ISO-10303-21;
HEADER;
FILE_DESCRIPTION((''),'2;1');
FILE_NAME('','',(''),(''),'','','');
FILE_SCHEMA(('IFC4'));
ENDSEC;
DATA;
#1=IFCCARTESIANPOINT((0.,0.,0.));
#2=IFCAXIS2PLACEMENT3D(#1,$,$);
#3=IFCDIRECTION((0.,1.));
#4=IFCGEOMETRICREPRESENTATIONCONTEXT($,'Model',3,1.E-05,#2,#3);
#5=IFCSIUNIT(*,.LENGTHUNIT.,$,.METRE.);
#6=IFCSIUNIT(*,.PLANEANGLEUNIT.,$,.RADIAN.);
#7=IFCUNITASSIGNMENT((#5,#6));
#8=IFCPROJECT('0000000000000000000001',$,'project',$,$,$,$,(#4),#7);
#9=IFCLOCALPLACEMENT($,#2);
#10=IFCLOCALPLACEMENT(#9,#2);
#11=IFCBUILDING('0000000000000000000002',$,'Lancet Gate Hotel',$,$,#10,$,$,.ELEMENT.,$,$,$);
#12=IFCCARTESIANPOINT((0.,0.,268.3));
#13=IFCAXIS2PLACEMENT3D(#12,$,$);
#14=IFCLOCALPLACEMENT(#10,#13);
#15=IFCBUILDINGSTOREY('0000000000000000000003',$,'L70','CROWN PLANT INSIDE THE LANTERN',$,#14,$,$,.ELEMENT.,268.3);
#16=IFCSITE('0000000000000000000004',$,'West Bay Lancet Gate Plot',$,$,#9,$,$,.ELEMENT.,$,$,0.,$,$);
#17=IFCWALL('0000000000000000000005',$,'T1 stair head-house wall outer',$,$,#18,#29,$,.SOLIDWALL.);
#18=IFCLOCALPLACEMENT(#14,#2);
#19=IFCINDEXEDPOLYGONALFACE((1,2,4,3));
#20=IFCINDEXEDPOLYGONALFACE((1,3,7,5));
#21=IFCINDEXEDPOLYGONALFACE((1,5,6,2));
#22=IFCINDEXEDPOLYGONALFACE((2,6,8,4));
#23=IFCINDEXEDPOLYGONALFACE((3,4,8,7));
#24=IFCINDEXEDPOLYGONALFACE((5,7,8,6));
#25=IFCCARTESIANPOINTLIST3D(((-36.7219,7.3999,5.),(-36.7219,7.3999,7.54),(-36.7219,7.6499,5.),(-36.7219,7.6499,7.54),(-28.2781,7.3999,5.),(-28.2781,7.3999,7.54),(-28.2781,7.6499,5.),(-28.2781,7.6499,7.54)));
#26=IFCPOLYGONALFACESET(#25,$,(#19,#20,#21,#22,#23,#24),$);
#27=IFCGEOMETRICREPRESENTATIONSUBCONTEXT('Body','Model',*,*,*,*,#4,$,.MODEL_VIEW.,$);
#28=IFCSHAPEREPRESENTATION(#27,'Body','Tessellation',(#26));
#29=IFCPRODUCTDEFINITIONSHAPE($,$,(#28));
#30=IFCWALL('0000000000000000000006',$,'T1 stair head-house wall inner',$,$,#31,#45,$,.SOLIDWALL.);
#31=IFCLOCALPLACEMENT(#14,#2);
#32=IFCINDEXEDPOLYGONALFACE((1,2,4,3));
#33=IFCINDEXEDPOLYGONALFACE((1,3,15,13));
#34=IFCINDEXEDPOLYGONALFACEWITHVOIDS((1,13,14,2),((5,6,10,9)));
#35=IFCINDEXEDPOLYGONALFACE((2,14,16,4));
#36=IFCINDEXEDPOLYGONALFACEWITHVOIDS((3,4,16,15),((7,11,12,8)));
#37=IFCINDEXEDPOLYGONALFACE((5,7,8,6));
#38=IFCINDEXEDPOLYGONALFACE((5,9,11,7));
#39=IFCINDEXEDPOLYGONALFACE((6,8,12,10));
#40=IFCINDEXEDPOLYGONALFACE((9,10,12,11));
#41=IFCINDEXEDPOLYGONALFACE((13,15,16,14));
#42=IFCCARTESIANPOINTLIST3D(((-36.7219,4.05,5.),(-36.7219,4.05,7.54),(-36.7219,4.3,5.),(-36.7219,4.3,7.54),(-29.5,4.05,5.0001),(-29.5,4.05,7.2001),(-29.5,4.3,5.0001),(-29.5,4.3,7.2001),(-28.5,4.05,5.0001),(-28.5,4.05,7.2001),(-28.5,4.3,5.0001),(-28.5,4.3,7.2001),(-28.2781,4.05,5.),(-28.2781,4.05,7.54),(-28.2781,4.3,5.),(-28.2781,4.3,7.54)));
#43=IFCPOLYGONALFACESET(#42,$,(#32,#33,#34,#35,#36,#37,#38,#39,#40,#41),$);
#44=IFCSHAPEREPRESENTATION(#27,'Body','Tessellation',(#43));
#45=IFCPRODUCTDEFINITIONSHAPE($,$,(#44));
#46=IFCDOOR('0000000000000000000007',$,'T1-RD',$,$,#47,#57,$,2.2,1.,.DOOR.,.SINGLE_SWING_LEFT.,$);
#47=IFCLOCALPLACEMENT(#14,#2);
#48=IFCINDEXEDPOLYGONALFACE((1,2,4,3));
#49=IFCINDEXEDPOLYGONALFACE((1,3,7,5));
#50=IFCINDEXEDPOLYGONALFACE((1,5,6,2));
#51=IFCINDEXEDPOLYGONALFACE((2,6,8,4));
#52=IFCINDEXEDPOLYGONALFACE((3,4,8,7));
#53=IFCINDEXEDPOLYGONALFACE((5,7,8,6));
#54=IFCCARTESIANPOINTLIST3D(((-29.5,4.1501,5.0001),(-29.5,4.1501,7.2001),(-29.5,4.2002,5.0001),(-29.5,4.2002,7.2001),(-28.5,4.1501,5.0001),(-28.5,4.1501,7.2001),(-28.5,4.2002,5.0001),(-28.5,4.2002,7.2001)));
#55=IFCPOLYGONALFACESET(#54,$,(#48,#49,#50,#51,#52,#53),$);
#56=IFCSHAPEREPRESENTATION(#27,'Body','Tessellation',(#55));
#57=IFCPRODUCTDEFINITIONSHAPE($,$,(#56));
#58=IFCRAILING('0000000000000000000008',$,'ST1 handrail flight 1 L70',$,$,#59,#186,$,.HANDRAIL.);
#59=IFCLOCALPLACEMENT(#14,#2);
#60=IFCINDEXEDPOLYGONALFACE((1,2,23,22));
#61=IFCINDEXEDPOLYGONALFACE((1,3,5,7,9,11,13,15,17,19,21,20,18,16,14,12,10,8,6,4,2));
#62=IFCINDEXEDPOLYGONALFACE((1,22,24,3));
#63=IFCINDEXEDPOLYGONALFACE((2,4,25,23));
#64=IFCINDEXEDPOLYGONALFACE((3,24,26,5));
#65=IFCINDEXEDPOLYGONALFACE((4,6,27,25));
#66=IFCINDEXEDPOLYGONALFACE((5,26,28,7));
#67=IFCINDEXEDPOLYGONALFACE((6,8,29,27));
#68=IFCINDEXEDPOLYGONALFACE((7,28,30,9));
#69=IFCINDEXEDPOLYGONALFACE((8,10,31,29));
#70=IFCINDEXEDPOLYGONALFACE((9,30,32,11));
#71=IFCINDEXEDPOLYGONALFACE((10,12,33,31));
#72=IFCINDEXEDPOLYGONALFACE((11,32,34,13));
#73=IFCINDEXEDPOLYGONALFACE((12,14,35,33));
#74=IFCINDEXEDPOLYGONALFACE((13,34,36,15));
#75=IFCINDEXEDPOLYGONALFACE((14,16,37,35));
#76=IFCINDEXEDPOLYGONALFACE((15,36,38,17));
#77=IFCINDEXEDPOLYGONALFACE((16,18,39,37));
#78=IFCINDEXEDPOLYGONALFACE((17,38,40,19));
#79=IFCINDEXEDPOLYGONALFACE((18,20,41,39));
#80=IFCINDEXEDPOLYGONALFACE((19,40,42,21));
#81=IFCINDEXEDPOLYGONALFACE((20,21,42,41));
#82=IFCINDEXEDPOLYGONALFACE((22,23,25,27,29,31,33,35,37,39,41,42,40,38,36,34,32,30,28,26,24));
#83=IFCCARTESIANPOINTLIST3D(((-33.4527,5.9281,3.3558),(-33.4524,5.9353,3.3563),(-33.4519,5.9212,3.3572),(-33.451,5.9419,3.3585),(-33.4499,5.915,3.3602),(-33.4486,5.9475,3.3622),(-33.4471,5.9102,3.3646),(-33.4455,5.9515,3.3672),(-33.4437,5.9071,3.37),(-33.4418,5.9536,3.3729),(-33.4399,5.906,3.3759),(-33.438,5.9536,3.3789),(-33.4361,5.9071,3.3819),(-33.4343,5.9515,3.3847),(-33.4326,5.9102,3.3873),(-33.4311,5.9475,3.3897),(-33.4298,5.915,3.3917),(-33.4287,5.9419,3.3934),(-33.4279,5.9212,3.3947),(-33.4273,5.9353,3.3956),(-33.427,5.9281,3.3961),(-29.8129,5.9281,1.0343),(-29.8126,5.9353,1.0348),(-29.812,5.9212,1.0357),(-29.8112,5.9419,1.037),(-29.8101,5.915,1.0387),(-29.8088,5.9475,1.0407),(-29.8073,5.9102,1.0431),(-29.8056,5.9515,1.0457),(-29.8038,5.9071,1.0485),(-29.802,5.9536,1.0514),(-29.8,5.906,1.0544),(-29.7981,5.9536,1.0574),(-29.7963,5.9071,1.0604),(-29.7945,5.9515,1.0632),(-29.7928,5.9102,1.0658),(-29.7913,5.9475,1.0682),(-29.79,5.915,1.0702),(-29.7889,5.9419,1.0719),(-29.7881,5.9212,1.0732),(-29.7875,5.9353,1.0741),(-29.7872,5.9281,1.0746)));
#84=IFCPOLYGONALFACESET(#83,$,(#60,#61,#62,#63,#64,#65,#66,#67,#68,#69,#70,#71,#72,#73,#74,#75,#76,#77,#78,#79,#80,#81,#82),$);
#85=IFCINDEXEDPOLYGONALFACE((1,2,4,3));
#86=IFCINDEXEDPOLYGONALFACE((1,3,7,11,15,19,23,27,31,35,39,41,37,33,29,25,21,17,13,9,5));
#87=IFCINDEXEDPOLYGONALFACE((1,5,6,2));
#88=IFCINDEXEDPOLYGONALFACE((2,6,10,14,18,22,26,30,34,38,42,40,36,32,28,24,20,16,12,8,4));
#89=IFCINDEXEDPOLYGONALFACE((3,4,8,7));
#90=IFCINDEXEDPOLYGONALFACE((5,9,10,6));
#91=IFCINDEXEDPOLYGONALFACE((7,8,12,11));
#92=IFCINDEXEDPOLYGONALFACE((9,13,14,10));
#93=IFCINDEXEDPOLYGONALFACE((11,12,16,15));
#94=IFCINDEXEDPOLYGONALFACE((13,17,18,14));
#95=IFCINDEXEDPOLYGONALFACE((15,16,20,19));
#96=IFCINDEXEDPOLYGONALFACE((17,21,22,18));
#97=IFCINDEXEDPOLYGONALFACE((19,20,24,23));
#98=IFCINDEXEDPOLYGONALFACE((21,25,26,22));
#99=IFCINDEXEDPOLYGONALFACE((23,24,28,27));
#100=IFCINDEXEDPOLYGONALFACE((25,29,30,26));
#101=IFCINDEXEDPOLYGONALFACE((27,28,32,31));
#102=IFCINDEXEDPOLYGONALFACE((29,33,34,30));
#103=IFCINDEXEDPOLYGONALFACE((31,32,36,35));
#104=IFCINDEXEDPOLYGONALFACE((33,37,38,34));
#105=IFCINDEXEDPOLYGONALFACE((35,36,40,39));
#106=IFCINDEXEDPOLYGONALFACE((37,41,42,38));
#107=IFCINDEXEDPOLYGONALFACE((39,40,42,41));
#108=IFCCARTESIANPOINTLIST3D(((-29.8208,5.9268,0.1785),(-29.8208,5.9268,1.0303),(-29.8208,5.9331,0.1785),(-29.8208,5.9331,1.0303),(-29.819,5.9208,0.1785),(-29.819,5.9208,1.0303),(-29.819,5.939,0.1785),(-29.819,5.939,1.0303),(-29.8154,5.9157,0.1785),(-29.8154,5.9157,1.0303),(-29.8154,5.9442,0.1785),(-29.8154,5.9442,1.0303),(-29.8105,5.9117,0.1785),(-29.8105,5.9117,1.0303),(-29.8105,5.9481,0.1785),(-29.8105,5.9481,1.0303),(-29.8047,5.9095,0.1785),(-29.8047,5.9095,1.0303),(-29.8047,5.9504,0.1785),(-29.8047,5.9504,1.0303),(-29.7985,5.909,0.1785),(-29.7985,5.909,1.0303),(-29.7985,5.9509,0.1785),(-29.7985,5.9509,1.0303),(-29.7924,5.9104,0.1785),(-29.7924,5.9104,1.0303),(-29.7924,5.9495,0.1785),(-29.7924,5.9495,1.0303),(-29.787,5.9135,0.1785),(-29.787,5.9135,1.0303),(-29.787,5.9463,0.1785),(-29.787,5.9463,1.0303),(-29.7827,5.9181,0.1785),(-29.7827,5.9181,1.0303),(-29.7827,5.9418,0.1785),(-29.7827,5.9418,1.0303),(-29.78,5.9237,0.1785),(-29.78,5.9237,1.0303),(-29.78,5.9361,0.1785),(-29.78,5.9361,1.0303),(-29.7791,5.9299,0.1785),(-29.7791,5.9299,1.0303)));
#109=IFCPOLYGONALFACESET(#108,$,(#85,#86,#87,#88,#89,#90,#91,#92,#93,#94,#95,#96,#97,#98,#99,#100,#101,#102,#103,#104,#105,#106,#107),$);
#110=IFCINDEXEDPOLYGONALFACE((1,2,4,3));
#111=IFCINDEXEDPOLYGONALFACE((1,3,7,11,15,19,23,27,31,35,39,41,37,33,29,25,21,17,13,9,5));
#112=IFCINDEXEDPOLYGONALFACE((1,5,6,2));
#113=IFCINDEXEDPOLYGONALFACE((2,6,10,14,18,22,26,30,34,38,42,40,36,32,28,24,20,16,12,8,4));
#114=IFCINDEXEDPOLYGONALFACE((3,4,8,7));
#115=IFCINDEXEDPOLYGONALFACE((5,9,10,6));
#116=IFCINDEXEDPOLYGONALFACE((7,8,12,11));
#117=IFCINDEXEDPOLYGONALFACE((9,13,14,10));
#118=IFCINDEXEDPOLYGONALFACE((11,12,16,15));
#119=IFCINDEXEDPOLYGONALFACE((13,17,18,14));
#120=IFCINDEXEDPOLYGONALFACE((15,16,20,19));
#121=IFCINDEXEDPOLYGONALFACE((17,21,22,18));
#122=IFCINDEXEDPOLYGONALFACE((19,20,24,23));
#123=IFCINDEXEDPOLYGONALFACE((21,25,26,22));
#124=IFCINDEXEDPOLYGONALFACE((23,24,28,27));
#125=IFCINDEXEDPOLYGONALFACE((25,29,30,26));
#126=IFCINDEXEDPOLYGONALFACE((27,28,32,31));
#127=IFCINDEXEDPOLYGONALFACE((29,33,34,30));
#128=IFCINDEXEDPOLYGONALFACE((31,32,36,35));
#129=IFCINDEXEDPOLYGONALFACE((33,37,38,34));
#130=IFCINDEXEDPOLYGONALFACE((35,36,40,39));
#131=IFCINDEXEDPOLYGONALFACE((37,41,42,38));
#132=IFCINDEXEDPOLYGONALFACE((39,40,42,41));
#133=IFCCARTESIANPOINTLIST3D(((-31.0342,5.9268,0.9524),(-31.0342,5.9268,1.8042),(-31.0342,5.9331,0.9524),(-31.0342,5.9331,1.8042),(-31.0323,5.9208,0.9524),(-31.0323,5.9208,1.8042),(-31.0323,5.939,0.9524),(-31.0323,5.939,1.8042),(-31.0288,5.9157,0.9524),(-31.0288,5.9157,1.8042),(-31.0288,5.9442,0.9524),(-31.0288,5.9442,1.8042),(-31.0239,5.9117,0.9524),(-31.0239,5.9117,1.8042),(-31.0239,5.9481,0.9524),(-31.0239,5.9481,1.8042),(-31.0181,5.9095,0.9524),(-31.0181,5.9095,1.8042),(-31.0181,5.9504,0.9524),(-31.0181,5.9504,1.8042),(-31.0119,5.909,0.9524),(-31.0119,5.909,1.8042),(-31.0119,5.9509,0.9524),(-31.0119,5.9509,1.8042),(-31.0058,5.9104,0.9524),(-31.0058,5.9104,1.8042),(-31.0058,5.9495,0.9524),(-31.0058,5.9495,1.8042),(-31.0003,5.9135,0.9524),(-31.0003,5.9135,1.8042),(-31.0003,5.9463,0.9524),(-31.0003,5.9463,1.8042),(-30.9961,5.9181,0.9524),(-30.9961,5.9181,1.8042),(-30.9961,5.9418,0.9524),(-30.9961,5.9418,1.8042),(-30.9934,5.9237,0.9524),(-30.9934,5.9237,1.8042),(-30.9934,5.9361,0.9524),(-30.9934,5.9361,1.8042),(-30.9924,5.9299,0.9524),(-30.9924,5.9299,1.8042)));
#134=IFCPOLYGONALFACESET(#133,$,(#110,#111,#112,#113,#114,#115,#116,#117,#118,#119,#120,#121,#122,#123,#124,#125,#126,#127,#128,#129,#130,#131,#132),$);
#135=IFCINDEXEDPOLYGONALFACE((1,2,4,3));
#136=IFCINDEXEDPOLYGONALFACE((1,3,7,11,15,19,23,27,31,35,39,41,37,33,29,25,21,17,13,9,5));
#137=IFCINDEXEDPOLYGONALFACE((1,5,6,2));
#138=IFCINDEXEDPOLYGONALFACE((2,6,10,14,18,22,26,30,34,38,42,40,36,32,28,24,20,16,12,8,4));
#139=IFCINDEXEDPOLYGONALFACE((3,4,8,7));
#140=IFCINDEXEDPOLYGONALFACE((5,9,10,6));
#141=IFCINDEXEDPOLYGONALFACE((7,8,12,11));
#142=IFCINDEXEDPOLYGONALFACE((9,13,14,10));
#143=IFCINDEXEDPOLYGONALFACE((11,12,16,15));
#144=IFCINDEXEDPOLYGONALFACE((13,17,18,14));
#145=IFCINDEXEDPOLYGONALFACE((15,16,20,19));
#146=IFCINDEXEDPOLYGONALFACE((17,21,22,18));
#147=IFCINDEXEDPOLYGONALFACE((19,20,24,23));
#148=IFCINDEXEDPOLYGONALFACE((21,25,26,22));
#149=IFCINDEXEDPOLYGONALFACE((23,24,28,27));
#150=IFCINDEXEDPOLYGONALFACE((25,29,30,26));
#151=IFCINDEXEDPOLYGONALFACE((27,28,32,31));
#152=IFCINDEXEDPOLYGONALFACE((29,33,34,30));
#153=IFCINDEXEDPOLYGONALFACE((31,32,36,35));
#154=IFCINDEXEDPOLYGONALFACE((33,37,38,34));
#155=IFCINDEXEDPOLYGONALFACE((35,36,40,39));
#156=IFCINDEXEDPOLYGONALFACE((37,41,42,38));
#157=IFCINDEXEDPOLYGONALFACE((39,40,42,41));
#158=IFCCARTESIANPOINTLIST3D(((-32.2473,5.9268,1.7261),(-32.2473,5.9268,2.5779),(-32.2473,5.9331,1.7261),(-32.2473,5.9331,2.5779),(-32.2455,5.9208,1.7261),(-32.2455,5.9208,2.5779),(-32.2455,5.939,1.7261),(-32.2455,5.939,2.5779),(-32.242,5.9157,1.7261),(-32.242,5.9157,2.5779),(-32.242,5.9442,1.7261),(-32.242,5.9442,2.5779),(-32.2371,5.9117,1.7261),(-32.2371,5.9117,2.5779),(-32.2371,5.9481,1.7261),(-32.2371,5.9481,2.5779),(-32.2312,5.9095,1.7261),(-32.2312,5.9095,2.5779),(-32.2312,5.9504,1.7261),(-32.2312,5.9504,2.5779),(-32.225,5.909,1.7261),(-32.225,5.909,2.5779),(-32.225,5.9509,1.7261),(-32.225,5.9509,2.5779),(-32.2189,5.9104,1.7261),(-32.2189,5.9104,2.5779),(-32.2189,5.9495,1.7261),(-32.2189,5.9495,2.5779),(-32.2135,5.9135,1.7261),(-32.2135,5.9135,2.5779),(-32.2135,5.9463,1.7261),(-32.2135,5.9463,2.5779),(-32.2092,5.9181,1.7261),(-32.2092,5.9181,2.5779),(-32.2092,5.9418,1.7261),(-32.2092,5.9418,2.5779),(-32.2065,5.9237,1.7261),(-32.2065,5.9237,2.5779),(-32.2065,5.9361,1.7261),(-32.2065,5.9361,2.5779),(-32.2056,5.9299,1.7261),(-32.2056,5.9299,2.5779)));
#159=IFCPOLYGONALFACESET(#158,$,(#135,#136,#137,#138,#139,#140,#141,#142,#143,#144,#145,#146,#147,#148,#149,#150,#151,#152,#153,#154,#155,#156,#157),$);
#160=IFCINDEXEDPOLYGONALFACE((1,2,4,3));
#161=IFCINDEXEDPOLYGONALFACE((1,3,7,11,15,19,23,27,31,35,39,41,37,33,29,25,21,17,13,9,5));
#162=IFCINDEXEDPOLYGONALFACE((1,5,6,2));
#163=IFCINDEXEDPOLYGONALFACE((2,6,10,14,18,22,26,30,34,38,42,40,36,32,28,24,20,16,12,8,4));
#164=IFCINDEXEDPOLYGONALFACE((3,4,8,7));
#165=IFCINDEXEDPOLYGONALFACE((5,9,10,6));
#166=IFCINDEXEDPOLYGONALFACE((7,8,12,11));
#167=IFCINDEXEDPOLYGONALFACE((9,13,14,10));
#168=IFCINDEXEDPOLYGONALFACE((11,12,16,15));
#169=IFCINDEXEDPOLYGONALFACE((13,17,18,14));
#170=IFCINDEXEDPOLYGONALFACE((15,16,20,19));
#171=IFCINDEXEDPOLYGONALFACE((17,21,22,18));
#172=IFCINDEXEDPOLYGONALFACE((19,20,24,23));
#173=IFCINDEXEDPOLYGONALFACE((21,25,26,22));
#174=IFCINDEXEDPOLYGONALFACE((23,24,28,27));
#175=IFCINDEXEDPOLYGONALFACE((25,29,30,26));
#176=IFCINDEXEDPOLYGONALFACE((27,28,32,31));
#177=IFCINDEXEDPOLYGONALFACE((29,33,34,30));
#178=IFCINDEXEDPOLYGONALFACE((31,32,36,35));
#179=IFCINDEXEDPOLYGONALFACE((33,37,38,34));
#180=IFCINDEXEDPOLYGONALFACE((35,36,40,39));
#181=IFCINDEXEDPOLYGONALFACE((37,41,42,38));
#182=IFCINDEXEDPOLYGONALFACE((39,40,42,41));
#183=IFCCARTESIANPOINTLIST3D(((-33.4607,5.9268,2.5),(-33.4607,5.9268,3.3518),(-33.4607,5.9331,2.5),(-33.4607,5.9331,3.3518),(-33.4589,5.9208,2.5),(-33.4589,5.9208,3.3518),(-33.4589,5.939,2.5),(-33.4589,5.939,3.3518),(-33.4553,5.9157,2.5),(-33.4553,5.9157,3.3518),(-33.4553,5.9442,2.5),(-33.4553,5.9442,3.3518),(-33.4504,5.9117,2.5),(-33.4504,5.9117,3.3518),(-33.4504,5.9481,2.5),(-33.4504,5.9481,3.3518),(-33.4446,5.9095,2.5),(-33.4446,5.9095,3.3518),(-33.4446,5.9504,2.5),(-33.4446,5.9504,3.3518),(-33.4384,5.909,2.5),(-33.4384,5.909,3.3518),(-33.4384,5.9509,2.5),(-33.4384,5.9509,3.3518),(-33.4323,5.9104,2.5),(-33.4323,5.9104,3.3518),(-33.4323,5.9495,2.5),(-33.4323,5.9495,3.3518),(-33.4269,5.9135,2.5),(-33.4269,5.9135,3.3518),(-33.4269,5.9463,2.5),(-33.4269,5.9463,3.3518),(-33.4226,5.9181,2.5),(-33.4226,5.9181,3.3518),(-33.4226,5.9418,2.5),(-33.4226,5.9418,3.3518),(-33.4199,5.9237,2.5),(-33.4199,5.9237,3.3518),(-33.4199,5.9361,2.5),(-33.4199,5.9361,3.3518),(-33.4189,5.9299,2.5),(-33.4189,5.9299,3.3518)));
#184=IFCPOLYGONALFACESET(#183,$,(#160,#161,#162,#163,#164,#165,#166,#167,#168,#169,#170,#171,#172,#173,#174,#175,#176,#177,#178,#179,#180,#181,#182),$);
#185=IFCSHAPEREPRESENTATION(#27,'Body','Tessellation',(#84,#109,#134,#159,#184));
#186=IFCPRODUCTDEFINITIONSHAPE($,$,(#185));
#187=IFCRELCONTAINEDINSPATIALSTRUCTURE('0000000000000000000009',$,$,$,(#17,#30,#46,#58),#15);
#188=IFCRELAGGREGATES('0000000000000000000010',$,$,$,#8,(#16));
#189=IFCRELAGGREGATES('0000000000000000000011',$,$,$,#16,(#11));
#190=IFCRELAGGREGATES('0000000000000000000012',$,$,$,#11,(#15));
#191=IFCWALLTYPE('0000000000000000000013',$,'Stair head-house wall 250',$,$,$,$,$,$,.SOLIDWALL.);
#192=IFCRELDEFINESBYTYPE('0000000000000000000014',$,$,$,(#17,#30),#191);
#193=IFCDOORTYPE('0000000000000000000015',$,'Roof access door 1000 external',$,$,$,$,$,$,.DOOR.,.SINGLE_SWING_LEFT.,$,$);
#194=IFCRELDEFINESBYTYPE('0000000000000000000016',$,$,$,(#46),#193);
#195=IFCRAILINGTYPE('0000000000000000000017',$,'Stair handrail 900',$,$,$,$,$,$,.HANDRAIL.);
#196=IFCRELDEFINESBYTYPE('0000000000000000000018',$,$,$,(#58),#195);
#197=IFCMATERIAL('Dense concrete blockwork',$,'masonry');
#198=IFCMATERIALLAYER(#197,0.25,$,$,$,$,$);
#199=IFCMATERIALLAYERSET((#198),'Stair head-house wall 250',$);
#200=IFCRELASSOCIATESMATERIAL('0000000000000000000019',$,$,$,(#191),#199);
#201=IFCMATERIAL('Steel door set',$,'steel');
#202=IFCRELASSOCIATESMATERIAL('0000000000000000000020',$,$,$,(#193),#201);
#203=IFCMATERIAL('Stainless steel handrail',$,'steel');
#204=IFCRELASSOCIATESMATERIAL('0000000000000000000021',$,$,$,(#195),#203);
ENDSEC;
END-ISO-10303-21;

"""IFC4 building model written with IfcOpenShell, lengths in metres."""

from ifc_helpers import new_model, si_unit, direction, frame, frame_2d, origin, origin_2d, place, context, subcontext, project, spatial, rectangle, circle, extrude, material, layer, layer_set, type_object, element, fill, save


model = new_model("IFC4")

# Units and contexts
model_context = context("Model", 3, precision=1e-05, world=origin(), true_north=direction((0.0, 1.0)))
body_context = subcontext(model_context, "Body", "Model", "MODEL_VIEW")
ifc_project = project(units=[si_unit("LENGTHUNIT", "METRE"), si_unit("PLANEANGLEUNIT", "RADIAN")], contexts=[model_context])

# Site, building, storey
site_placement = place(None, origin())
site = spatial("IfcSite", under=ifc_project, at=site_placement, Name="West Bay Lancet Gate Plot", CompositionType="ELEMENT", RefElevation=0.0)
building_placement = place(site_placement, origin())
building = spatial("IfcBuilding", under=site, at=building_placement, Name="Lancet Gate Hotel", CompositionType="ELEMENT")
storey_placement = place(building_placement, frame((0.0, 0.0, 268.3)))
storey = spatial("IfcBuildingStorey", under=building, at=storey_placement, Name="L70", Description="CROWN PLANT INSIDE THE LANTERN", CompositionType="ELEMENT", Elevation=268.3)

# Wall
ifc_material_1 = material(Name="Dense concrete blockwork", Category="masonry")
ifc_layer = layer(ifc_material_1, 0.25)
ifc_layer_set = layer_set([ifc_layer], Name="Stair head-house wall 250")
wall_type = type_object("IfcWallType", Name="Stair head-house wall 250", PredefinedType="SOLIDWALL", material=ifc_layer_set)
wall_1_placement = place(storey_placement, frame((-28.2781, 7.5249, 5.0), z_axis=(0.0, 0.0, 1.0), x_axis=(-1.0, 0.0, 0.0)))
element("IfcWall", 1, at=wall_1_placement, inside=storey, type_object=wall_type, Name="T1 stair head-house wall outer", PredefinedType="SOLIDWALL", context=body_context, shape_type="SweptSolid", body=[
    extrude(rectangle(XDim=8.4438, YDim=0.25, at=frame_2d((4.2219, 0.0))), origin(), (0.0, 0.0, 1.0), 2.54),
])

# Wall, opening, door
wall_2_placement = place(storey_placement, frame((-28.2781, 4.175, 5.0), z_axis=(0.0, 0.0, 1.0), x_axis=(-1.0, 0.0, 0.0)))
wall_2 = element("IfcWall", 2, at=wall_2_placement, inside=storey, type_object=wall_type, Name="T1 stair head-house wall inner", PredefinedType="SOLIDWALL", context=body_context, shape_type="SweptSolid", body=[
    extrude(rectangle(XDim=8.4438, YDim=0.25, at=frame_2d((4.2219, 0.0))), origin(), (0.0, 0.0, 1.0), 2.54),
])
opening_placement = place(wall_2_placement, frame((0.2219, 0.0, 0.0)))
opening = element("IfcOpeningElement", 3, at=opening_placement, cuts=wall_2, PredefinedType="OPENING", context=body_context, shape_type="SweptSolid", body=[
    extrude(rectangle(XDim=1.0, YDim=2.2, at=frame_2d((0.5, 1.1001))), frame((0.0, 0.135, 0.0), z_axis=(0.0, -1.0, 0.0), x_axis=(1.0, 0.0, 0.0)), (0.0, 0.0, 1.0), 0.27),
])
ifc_material_2 = material(Name="Steel door set", Category="steel")
door_type = type_object("IfcDoorType", Name="Roof access door 1000 external", OperationType="SINGLE_SWING_LEFT", PredefinedType="DOOR", material=ifc_material_2)
door_placement = place(opening_placement, origin())
door = element("IfcDoor", 4, at=door_placement, inside=storey, type_object=door_type, Name="T1-RD", OperationType="SINGLE_SWING_LEFT", OverallHeight=2.2, OverallWidth=1.0, PredefinedType="DOOR", context=body_context, shape_type="SweptSolid", body=[
    extrude(rectangle(XDim=1.0, YDim=2.2, at=frame_2d((0.5, 1.1001))), frame((0.0, 0.0249, 0.0), z_axis=(0.0, -1.0, 0.0), x_axis=(1.0, 0.0, 0.0)), (0.0, 0.0, 1.0), 0.05),
])
fill(opening, door)

# Railing
ifc_material_3 = material(Name="Stainless steel handrail", Category="steel")
railing_type_1 = type_object("IfcRailingType", Name="Stair handrail 900", PredefinedType="HANDRAIL", material=ifc_material_3)
railing_1_placement = place(storey_placement, frame((-29.8, 5.9299, 0.1785)))
element("IfcRailing", 5, at=railing_1_placement, inside=storey, type_object=railing_type_1, Name="ST1 handrail flight 1 L70", PredefinedType="HANDRAIL", context=body_context, shape_type="SweptSolid", body=[
    extrude(circle(Radius=0.0239, at=origin_2d()), frame((0.0, 0.0, 0.876), z_axis=(-0.843112, 0.0, 0.537739), x_axis=(0.0, -1.0, 0.0)), (0.0, 0.0, 1.0), 4.3171),
    extrude(circle(Radius=0.021, at=origin_2d()), origin(), (0.0, 0.0, 1.0), 0.8518),
    extrude(circle(Radius=0.021, at=origin_2d()), frame((-1.2134, 0.0, 0.7739)), (0.0, 0.0, 1.0), 0.8518),
    extrude(circle(Radius=0.021, at=origin_2d()), frame((-2.4265, 0.0, 1.5476)), (0.0, 0.0, 1.0), 0.8518),
    extrude(circle(Radius=0.021, at=origin_2d()), frame((-3.6399, 0.0, 2.3215)), (0.0, 0.0, 1.0), 0.8518),
])

save(model, "model.ifc")
